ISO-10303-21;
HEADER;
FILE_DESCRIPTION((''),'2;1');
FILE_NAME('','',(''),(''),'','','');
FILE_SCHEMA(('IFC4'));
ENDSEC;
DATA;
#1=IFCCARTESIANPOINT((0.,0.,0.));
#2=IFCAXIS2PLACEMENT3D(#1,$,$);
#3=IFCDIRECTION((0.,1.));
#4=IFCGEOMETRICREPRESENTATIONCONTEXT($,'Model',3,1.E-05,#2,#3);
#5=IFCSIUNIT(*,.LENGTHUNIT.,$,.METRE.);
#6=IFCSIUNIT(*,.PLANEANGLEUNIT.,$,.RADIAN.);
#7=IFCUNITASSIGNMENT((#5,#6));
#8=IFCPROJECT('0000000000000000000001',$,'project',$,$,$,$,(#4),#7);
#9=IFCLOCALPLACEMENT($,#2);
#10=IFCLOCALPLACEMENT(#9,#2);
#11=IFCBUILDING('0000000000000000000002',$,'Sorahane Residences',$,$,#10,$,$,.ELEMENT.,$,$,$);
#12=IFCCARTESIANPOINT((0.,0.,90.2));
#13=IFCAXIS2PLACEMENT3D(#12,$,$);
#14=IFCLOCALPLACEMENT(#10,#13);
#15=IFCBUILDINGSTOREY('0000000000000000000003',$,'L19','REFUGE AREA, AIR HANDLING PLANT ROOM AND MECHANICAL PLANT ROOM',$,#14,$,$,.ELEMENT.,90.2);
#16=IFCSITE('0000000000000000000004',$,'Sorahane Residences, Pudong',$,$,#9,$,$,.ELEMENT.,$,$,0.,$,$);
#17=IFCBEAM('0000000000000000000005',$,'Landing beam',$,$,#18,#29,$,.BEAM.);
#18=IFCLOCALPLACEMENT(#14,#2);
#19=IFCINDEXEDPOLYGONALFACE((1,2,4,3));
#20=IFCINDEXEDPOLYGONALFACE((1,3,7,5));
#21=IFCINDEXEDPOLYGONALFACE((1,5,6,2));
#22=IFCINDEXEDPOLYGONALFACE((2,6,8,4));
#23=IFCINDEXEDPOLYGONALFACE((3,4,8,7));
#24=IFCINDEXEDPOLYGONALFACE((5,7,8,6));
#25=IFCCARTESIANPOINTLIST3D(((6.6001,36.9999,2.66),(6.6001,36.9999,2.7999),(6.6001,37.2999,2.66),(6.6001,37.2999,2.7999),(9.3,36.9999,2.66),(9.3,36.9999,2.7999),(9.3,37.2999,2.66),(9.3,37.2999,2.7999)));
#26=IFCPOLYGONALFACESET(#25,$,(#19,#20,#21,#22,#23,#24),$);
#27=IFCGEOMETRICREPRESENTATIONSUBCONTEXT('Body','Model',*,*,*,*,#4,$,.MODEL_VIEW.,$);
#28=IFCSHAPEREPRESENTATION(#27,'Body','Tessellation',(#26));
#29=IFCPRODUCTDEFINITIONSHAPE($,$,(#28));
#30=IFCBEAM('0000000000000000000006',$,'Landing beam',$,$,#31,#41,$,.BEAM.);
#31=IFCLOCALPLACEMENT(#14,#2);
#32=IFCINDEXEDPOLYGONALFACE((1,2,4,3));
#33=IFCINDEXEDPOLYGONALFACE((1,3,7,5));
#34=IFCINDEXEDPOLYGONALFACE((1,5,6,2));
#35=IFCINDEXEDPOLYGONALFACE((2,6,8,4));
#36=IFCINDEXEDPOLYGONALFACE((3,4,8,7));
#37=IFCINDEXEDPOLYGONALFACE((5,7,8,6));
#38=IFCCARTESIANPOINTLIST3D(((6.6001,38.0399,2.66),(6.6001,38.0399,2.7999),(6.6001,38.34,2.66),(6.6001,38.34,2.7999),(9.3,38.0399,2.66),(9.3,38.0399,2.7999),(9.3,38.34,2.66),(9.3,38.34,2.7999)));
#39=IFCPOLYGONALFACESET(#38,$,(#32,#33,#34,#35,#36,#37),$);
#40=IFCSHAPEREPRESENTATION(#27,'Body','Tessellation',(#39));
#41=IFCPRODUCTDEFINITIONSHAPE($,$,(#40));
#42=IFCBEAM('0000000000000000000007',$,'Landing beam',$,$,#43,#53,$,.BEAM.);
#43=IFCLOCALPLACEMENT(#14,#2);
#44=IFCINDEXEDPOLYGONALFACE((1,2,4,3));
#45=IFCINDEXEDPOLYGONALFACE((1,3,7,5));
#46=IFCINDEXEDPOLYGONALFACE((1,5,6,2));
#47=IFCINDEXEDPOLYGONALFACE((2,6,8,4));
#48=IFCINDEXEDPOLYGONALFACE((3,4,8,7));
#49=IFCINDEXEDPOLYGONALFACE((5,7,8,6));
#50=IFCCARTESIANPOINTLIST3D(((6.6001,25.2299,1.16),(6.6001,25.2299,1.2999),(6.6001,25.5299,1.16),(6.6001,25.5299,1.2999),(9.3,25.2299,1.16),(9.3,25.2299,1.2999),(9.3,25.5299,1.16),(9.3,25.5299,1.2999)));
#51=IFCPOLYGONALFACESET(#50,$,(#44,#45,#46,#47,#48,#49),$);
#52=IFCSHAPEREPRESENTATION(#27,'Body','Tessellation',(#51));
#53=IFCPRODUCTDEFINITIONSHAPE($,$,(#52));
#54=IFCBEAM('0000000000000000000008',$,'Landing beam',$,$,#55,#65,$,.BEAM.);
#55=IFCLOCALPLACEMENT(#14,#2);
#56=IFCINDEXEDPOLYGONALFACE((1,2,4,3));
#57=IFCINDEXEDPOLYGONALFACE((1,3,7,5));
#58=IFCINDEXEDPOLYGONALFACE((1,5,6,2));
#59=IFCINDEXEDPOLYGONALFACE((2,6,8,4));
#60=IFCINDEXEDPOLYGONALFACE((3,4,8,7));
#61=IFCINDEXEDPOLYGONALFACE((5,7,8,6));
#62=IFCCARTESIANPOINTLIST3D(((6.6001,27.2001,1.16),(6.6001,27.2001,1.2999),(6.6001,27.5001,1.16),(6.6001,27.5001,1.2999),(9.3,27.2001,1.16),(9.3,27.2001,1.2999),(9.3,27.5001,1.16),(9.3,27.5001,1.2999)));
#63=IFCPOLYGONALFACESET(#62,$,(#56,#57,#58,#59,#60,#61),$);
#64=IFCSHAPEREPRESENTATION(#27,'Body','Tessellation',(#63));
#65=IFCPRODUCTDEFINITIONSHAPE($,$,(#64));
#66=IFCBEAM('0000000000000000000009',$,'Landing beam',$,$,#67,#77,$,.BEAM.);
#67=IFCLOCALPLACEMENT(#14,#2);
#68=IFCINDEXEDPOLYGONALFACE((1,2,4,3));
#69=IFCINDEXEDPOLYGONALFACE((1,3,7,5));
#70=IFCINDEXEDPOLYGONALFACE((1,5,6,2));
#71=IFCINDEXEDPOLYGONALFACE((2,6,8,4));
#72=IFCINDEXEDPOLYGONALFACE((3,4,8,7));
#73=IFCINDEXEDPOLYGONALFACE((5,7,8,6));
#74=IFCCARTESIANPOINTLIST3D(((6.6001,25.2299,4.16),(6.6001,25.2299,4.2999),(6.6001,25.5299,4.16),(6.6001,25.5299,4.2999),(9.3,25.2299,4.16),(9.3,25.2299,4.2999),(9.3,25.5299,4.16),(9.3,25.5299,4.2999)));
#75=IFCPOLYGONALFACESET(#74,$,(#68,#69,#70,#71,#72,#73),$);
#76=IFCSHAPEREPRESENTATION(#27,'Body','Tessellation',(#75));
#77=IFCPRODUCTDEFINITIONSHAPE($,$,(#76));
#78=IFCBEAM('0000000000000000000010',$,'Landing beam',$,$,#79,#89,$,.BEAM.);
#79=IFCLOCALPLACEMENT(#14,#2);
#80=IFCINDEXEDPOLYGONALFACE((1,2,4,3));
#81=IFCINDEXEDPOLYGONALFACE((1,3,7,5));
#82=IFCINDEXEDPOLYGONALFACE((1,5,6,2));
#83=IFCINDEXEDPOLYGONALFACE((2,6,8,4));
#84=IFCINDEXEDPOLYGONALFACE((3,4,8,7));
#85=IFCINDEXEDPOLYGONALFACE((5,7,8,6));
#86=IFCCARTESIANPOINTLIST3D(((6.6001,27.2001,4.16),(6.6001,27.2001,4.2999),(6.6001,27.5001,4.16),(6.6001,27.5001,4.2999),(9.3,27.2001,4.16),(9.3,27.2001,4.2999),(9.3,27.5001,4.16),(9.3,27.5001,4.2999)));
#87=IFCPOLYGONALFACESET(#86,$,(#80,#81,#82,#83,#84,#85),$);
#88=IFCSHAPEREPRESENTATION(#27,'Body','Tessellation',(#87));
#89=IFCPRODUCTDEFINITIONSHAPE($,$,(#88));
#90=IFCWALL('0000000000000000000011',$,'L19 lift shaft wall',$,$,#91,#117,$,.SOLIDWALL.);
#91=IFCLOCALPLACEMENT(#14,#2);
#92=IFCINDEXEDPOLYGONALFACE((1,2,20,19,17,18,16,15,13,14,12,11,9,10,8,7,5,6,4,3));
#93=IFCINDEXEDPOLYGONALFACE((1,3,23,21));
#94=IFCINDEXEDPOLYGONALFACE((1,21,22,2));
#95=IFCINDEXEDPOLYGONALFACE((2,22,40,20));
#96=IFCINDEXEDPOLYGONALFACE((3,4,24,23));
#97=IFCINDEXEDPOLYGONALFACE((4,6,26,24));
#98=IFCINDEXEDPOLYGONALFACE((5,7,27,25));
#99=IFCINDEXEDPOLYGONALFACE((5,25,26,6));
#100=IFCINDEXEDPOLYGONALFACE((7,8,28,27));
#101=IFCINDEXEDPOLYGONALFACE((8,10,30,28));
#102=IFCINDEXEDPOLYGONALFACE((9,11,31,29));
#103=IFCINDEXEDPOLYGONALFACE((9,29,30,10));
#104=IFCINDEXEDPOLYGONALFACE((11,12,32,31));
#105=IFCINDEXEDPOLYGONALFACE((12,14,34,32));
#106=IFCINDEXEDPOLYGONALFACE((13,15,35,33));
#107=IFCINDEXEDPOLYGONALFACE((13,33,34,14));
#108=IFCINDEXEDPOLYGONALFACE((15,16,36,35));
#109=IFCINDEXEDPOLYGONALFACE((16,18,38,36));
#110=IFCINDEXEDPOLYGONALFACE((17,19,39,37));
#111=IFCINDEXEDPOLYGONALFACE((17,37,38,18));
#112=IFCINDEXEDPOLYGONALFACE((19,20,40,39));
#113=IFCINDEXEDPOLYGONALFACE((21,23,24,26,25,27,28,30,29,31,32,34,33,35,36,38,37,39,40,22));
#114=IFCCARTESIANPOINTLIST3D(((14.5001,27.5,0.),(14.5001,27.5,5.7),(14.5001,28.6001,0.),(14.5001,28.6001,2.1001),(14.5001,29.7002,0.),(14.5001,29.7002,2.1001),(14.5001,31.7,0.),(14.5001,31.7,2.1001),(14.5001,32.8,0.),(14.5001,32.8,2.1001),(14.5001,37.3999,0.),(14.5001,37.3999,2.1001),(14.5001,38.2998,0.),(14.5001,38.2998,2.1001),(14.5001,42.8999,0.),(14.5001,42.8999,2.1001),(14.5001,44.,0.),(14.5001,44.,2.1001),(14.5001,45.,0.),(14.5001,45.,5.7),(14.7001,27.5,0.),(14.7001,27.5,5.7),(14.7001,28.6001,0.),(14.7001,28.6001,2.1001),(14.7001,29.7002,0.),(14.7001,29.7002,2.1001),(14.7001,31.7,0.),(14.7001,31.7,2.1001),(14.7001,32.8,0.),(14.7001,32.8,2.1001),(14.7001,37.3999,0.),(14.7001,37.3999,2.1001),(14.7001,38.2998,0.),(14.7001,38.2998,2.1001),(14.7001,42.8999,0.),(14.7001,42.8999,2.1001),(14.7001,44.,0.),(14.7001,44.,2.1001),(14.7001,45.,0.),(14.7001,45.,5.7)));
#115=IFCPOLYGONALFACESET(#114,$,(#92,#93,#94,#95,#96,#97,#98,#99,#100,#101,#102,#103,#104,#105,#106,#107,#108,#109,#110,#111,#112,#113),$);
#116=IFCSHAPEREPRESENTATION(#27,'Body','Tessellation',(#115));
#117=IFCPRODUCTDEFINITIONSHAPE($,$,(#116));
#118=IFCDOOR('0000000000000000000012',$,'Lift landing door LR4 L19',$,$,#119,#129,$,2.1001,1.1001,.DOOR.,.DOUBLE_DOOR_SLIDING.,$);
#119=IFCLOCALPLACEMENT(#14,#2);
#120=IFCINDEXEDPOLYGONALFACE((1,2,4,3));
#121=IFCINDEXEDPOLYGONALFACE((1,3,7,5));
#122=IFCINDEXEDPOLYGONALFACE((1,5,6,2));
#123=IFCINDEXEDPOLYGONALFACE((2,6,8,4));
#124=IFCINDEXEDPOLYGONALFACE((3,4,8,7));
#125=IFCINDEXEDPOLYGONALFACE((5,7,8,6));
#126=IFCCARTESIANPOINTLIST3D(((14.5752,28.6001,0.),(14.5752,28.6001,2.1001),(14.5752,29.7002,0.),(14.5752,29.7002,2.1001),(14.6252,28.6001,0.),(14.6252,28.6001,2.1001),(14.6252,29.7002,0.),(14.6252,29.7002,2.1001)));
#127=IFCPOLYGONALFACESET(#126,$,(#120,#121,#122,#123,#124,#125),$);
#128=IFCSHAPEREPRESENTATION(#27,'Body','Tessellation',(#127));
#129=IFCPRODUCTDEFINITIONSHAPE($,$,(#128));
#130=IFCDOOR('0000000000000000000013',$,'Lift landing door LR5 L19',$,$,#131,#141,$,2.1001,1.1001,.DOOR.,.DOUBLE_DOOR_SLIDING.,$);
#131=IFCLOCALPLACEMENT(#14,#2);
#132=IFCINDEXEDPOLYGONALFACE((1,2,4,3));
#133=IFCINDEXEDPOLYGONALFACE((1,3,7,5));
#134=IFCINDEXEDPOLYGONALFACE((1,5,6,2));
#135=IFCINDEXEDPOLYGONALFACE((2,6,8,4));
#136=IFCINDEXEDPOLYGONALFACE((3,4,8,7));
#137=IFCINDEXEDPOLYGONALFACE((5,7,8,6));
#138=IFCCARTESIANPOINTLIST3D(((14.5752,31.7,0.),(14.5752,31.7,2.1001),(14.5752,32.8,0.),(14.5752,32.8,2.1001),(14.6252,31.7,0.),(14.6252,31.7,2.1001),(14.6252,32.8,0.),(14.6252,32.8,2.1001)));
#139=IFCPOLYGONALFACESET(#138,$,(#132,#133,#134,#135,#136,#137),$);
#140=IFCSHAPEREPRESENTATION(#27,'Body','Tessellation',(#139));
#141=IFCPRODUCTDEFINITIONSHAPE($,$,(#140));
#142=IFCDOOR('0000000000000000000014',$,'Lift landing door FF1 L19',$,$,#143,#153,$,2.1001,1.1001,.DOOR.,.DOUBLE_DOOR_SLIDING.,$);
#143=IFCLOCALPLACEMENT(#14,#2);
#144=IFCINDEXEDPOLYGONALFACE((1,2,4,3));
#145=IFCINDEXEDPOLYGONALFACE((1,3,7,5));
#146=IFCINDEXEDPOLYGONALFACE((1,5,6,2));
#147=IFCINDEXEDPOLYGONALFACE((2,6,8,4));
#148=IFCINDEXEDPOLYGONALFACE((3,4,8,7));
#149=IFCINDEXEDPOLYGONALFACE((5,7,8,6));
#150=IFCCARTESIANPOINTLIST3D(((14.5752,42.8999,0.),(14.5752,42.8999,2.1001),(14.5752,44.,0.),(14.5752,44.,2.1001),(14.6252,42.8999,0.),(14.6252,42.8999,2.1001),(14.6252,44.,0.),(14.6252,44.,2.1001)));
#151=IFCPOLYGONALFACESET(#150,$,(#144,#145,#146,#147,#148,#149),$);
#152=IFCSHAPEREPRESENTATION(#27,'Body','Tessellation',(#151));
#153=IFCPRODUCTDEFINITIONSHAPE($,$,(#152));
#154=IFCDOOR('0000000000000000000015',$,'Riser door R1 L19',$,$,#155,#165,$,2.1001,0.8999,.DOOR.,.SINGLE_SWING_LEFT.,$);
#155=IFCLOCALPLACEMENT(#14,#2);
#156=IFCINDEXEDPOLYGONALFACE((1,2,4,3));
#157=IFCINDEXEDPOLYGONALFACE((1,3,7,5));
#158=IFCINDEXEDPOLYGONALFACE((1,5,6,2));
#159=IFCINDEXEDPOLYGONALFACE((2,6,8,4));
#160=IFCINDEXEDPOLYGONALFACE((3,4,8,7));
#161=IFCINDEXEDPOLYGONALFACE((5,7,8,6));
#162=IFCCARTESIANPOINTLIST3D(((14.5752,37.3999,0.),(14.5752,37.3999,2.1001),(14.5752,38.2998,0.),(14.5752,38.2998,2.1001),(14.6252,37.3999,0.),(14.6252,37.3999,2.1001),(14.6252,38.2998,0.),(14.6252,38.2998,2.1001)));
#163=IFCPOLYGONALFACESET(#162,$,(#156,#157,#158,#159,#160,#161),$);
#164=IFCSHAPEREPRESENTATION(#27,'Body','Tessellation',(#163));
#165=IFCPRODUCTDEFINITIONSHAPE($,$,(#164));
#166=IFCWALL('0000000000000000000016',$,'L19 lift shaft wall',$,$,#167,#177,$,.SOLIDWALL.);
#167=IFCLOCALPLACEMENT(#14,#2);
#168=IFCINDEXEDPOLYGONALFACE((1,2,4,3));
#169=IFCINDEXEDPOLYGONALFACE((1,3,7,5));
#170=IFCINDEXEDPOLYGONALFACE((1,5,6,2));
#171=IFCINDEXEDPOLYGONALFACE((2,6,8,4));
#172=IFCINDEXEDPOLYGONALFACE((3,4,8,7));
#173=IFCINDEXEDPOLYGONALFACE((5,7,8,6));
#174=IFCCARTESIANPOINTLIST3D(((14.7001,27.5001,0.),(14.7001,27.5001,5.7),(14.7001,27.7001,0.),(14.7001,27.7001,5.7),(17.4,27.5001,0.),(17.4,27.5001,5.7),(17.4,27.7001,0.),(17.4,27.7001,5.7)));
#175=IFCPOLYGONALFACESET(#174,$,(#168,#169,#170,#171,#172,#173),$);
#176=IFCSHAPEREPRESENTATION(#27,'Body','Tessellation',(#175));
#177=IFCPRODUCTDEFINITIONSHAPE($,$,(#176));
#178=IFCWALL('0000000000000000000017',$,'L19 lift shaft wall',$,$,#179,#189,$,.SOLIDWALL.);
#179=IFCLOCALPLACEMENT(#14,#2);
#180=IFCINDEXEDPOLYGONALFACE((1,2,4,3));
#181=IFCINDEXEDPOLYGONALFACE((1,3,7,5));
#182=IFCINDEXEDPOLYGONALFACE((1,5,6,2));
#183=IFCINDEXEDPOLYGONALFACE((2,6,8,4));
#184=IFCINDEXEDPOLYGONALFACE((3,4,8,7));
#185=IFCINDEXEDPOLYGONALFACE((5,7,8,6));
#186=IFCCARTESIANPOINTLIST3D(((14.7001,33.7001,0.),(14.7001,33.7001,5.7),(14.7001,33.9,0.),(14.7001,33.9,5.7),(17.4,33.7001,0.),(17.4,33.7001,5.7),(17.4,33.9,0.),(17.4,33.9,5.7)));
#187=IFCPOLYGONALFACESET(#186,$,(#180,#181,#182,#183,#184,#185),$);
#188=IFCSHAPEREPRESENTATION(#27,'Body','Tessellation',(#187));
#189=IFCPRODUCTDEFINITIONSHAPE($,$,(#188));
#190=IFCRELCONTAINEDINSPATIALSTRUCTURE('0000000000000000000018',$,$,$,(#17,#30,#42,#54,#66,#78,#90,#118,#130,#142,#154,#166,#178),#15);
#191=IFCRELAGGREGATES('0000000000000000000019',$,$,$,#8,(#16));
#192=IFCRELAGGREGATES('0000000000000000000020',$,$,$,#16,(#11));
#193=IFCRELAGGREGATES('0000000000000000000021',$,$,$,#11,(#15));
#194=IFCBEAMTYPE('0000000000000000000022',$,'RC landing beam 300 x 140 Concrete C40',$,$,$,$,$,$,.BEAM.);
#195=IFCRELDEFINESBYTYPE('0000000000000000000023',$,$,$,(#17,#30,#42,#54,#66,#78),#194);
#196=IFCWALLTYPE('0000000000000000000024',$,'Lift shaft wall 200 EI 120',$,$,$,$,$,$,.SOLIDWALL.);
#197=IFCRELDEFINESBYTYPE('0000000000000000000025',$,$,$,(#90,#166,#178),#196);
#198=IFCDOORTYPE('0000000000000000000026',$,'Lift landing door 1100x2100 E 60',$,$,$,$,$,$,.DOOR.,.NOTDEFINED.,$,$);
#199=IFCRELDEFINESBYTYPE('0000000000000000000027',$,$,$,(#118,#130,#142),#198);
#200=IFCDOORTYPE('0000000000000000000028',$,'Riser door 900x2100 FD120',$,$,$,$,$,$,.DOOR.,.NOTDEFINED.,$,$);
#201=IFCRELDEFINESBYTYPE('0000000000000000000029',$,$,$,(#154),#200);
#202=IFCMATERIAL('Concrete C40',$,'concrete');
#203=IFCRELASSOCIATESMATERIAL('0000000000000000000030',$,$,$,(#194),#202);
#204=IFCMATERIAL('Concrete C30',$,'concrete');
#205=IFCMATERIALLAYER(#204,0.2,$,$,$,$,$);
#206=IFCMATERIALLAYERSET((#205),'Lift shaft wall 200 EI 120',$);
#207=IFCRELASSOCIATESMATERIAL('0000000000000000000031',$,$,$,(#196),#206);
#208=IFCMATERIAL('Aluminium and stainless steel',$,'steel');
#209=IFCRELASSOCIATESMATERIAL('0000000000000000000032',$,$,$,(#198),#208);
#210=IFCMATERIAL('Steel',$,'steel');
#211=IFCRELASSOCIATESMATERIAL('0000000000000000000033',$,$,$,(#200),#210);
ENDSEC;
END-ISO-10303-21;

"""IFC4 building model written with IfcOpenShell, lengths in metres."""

from ifc_helpers import new_model, si_unit, direction, frame, frame_2d, origin, origin_2d, place, context, subcontext, project, spatial, rectangle, extrude, material, layer, layer_set, material_profile, profile_set, type_object, element, fill, save


model = new_model("IFC4")

# Units and contexts
model_context = context("Model", 3, precision=1e-05, world=origin(), true_north=direction((0.0, 1.0)))
body_context = subcontext(model_context, "Body", "Model", "MODEL_VIEW")
ifc_project = project(units=[si_unit("LENGTHUNIT", "METRE"), si_unit("PLANEANGLEUNIT", "RADIAN")], contexts=[model_context])

# Site, building, storey
site_placement = place(None, origin())
site = spatial("IfcSite", under=ifc_project, at=site_placement, Name="Sorahane Residences, Pudong", CompositionType="ELEMENT", RefElevation=0.0)
building_placement = place(site_placement, origin())
building = spatial("IfcBuilding", under=site, at=building_placement, Name="Sorahane Residences", CompositionType="ELEMENT")
storey_placement = place(building_placement, frame((0.0, 0.0, 90.2)))
storey = spatial("IfcBuildingStorey", under=building, at=storey_placement, Name="L19", Description="REFUGE AREA, AIR HANDLING PLANT ROOM AND MECHANICAL PLANT ROOM", CompositionType="ELEMENT", Elevation=90.2)

# Beams
ifc_material_1 = material(Name="Concrete C40", Category="concrete")
ifc_material_profile = material_profile(ifc_material_1, rectangle(XDim=0.3, YDim=0.1399, at=origin_2d()), Name="300x140")
ifc_profile_set = profile_set([ifc_material_profile], Name="Concrete C40")
beam_type = type_object("IfcBeamType", Name="RC landing beam 300 x 140 Concrete C40", PredefinedType="BEAM", material=ifc_profile_set)
for number, where, z_axis, x_axis, name in (
    (1, (6.6001, 37.1499, 2.73), (1.0, 0.0, 0.0), (0.0, 1.0, 0.0), "Landing beam"),
    (2, (6.6001, 38.1899, 2.73), (1.0, 0.0, 0.0), (0.0, 1.0, 0.0), "Landing beam"),
    (3, (6.6001, 25.3799, 1.23), (1.0, 0.0, 0.0), (0.0, 1.0, 0.0), "Landing beam"),
    (4, (6.6001, 27.3501, 1.23), (1.0, 0.0, 0.0), (0.0, 1.0, 0.0), "Landing beam"),
    (5, (6.6001, 25.3799, 4.23), (1.0, 0.0, 0.0), (0.0, 1.0, 0.0), "Landing beam"),
    (6, (6.6001, 27.3501, 4.23), (1.0, 0.0, 0.0), (0.0, 1.0, 0.0), "Landing beam"),
):
    element("IfcBeam", number, at=place(storey_placement, frame(where, z_axis=z_axis, x_axis=x_axis)), inside=storey, type_object=beam_type, Name=name, PredefinedType="BEAM", context=body_context, shape_type="SweptSolid", body=[
        extrude(rectangle(XDim=0.3, YDim=0.1399, at=origin_2d()), origin(), (0.0, 0.0, 1.0), 2.7),
    ])

# Wall, openings, doors
ifc_material_2 = material(Name="Concrete C30", Category="concrete")
ifc_layer_1 = layer(ifc_material_2, 0.2)
ifc_layer_set_1 = layer_set([ifc_layer_1], Name="Lift shaft wall 200 EI 120")
wall_type_1 = type_object("IfcWallType", Name="Lift shaft wall 200 EI 120", PredefinedType="SOLIDWALL", material=ifc_layer_set_1)
wall_1_placement = place(storey_placement, frame((14.6001, 27.5, 0.0), z_axis=(0.0, 0.0, 1.0), x_axis=(0.0, 1.0, 0.0)))
wall_1 = element("IfcWall", 7, at=wall_1_placement, inside=storey, type_object=wall_type_1, Name="L19 lift shaft wall", PredefinedType="SOLIDWALL", context=body_context, shape_type="SweptSolid", body=[
    extrude(rectangle(XDim=17.5, YDim=0.2, at=frame_2d((8.75, 0.0))), origin(), (0.0, 0.0, 1.0), 5.7),
])
opening_1_placement = place(wall_1_placement, frame((1.1001, 0.0, 0.0)))
opening_1 = element("IfcOpeningElement", 8, at=opening_1_placement, cuts=wall_1, PredefinedType="OPENING", context=body_context, shape_type="SweptSolid", body=[
    extrude(rectangle(XDim=1.1001, YDim=2.1001, at=frame_2d((0.55, 1.05))), frame((0.0, 0.1099, 0.0), z_axis=(0.0, -1.0, 0.0), x_axis=(1.0, 0.0, 0.0)), (0.0, 0.0, 1.0), 0.22),
])
opening_2_placement = place(wall_1_placement, frame((4.2, 0.0, 0.0)))
opening_2 = element("IfcOpeningElement", 9, at=opening_2_placement, cuts=wall_1, PredefinedType="OPENING", context=body_context, shape_type="SweptSolid", body=[
    extrude(rectangle(XDim=1.1001, YDim=2.1001, at=frame_2d((0.55, 1.05))), frame((0.0, 0.1099, 0.0), z_axis=(0.0, -1.0, 0.0), x_axis=(1.0, 0.0, 0.0)), (0.0, 0.0, 1.0), 0.22),
])
opening_3_placement = place(wall_1_placement, frame((15.3999, 0.0, 0.0)))
opening_3 = element("IfcOpeningElement", 10, at=opening_3_placement, cuts=wall_1, PredefinedType="OPENING", context=body_context, shape_type="SweptSolid", body=[
    extrude(rectangle(XDim=1.1001, YDim=2.1001, at=frame_2d((0.55, 1.05))), frame((0.0, 0.1099, 0.0), z_axis=(0.0, -1.0, 0.0), x_axis=(1.0, 0.0, 0.0)), (0.0, 0.0, 1.0), 0.22),
])
opening_4_placement = place(wall_1_placement, frame((9.8999, 0.0, 0.0)))
opening_4 = element("IfcOpeningElement", 11, at=opening_4_placement, cuts=wall_1, PredefinedType="OPENING", context=body_context, shape_type="SweptSolid", body=[
    extrude(rectangle(XDim=0.8999, YDim=2.1001, at=frame_2d((0.45, 1.05))), frame((0.0, 0.1099, 0.0), z_axis=(0.0, -1.0, 0.0), x_axis=(1.0, 0.0, 0.0)), (0.0, 0.0, 1.0), 0.22),
])
ifc_material_3 = material(Name="Aluminium and stainless steel", Category="steel")
door_type_1 = type_object("IfcDoorType", Name="Lift landing door 1100x2100 E 60", OperationType="NOTDEFINED", PredefinedType="DOOR", material=ifc_material_3)
door_1_placement = place(opening_1_placement, origin())
door_1 = element("IfcDoor", 12, at=door_1_placement, inside=storey, type_object=door_type_1, Name="Lift landing door LR4 L19", OperationType="DOUBLE_DOOR_SLIDING", OverallHeight=2.1001, OverallWidth=1.1001, PredefinedType="DOOR", context=body_context, shape_type="SweptSolid", body=[
    extrude(rectangle(XDim=1.1001, YDim=2.1001, at=frame_2d((0.55, 1.05))), frame((0.0, 0.0249, 0.0), z_axis=(0.0, -1.0, 0.0), x_axis=(1.0, 0.0, 0.0)), (0.0, 0.0, 1.0), 0.05),
])
fill(opening_1, door_1)
door_2_placement = place(opening_2_placement, origin())
door_2 = element("IfcDoor", 13, at=door_2_placement, inside=storey, type_object=door_type_1, Name="Lift landing door LR5 L19", OperationType="DOUBLE_DOOR_SLIDING", OverallHeight=2.1001, OverallWidth=1.1001, PredefinedType="DOOR", context=body_context, shape_type="SweptSolid", body=[
    extrude(rectangle(XDim=1.1001, YDim=2.1001, at=frame_2d((0.55, 1.05))), frame((0.0, 0.0249, 0.0), z_axis=(0.0, -1.0, 0.0), x_axis=(1.0, 0.0, 0.0)), (0.0, 0.0, 1.0), 0.05),
])
fill(opening_2, door_2)
door_3_placement = place(opening_3_placement, origin())
door_3 = element("IfcDoor", 14, at=door_3_placement, inside=storey, type_object=door_type_1, Name="Lift landing door FF1 L19", OperationType="DOUBLE_DOOR_SLIDING", OverallHeight=2.1001, OverallWidth=1.1001, PredefinedType="DOOR", context=body_context, shape_type="SweptSolid", body=[
    extrude(rectangle(XDim=1.1001, YDim=2.1001, at=frame_2d((0.55, 1.05))), frame((0.0, 0.0249, 0.0), z_axis=(0.0, -1.0, 0.0), x_axis=(1.0, 0.0, 0.0)), (0.0, 0.0, 1.0), 0.05),
])
fill(opening_3, door_3)
ifc_material_4 = material(Name="Steel", Category="steel")
door_type_2 = type_object("IfcDoorType", Name="Riser door 900x2100 FD120", OperationType="NOTDEFINED", PredefinedType="DOOR", material=ifc_material_4)
door_4_placement = place(opening_4_placement, origin())
door_4 = element("IfcDoor", 15, at=door_4_placement, inside=storey, type_object=door_type_2, Name="Riser door R1 L19", OperationType="SINGLE_SWING_LEFT", OverallHeight=2.1001, OverallWidth=0.8999, PredefinedType="DOOR", context=body_context, shape_type="SweptSolid", body=[
    extrude(rectangle(XDim=0.8999, YDim=2.1001, at=frame_2d((0.45, 1.05))), frame((0.0, 0.0249, 0.0), z_axis=(0.0, -1.0, 0.0), x_axis=(1.0, 0.0, 0.0)), (0.0, 0.0, 1.0), 0.05),
])
fill(opening_4, door_4)

# Walls
for number, where, z_axis, x_axis, name in (
    (16, (14.7, 27.6001, 0.0), (0.0, 0.0, 1.0), (1.0, 0.0, 0.0), "L19 lift shaft wall"),
    (17, (14.7, 33.8, 0.0), (0.0, 0.0, 1.0), (1.0, 0.0, 0.0), "L19 lift shaft wall"),
):
    element("IfcWall", number, at=place(storey_placement, frame(where, z_axis=z_axis, x_axis=x_axis)), inside=storey, type_object=wall_type_1, Name=name, PredefinedType="SOLIDWALL", context=body_context, shape_type="SweptSolid", body=[
        extrude(rectangle(XDim=2.7, YDim=0.2, at=frame_2d((1.3501, 0.0))), origin(), (0.0, 0.0, 1.0), 5.7),
    ])

save(model, "model.ifc")
